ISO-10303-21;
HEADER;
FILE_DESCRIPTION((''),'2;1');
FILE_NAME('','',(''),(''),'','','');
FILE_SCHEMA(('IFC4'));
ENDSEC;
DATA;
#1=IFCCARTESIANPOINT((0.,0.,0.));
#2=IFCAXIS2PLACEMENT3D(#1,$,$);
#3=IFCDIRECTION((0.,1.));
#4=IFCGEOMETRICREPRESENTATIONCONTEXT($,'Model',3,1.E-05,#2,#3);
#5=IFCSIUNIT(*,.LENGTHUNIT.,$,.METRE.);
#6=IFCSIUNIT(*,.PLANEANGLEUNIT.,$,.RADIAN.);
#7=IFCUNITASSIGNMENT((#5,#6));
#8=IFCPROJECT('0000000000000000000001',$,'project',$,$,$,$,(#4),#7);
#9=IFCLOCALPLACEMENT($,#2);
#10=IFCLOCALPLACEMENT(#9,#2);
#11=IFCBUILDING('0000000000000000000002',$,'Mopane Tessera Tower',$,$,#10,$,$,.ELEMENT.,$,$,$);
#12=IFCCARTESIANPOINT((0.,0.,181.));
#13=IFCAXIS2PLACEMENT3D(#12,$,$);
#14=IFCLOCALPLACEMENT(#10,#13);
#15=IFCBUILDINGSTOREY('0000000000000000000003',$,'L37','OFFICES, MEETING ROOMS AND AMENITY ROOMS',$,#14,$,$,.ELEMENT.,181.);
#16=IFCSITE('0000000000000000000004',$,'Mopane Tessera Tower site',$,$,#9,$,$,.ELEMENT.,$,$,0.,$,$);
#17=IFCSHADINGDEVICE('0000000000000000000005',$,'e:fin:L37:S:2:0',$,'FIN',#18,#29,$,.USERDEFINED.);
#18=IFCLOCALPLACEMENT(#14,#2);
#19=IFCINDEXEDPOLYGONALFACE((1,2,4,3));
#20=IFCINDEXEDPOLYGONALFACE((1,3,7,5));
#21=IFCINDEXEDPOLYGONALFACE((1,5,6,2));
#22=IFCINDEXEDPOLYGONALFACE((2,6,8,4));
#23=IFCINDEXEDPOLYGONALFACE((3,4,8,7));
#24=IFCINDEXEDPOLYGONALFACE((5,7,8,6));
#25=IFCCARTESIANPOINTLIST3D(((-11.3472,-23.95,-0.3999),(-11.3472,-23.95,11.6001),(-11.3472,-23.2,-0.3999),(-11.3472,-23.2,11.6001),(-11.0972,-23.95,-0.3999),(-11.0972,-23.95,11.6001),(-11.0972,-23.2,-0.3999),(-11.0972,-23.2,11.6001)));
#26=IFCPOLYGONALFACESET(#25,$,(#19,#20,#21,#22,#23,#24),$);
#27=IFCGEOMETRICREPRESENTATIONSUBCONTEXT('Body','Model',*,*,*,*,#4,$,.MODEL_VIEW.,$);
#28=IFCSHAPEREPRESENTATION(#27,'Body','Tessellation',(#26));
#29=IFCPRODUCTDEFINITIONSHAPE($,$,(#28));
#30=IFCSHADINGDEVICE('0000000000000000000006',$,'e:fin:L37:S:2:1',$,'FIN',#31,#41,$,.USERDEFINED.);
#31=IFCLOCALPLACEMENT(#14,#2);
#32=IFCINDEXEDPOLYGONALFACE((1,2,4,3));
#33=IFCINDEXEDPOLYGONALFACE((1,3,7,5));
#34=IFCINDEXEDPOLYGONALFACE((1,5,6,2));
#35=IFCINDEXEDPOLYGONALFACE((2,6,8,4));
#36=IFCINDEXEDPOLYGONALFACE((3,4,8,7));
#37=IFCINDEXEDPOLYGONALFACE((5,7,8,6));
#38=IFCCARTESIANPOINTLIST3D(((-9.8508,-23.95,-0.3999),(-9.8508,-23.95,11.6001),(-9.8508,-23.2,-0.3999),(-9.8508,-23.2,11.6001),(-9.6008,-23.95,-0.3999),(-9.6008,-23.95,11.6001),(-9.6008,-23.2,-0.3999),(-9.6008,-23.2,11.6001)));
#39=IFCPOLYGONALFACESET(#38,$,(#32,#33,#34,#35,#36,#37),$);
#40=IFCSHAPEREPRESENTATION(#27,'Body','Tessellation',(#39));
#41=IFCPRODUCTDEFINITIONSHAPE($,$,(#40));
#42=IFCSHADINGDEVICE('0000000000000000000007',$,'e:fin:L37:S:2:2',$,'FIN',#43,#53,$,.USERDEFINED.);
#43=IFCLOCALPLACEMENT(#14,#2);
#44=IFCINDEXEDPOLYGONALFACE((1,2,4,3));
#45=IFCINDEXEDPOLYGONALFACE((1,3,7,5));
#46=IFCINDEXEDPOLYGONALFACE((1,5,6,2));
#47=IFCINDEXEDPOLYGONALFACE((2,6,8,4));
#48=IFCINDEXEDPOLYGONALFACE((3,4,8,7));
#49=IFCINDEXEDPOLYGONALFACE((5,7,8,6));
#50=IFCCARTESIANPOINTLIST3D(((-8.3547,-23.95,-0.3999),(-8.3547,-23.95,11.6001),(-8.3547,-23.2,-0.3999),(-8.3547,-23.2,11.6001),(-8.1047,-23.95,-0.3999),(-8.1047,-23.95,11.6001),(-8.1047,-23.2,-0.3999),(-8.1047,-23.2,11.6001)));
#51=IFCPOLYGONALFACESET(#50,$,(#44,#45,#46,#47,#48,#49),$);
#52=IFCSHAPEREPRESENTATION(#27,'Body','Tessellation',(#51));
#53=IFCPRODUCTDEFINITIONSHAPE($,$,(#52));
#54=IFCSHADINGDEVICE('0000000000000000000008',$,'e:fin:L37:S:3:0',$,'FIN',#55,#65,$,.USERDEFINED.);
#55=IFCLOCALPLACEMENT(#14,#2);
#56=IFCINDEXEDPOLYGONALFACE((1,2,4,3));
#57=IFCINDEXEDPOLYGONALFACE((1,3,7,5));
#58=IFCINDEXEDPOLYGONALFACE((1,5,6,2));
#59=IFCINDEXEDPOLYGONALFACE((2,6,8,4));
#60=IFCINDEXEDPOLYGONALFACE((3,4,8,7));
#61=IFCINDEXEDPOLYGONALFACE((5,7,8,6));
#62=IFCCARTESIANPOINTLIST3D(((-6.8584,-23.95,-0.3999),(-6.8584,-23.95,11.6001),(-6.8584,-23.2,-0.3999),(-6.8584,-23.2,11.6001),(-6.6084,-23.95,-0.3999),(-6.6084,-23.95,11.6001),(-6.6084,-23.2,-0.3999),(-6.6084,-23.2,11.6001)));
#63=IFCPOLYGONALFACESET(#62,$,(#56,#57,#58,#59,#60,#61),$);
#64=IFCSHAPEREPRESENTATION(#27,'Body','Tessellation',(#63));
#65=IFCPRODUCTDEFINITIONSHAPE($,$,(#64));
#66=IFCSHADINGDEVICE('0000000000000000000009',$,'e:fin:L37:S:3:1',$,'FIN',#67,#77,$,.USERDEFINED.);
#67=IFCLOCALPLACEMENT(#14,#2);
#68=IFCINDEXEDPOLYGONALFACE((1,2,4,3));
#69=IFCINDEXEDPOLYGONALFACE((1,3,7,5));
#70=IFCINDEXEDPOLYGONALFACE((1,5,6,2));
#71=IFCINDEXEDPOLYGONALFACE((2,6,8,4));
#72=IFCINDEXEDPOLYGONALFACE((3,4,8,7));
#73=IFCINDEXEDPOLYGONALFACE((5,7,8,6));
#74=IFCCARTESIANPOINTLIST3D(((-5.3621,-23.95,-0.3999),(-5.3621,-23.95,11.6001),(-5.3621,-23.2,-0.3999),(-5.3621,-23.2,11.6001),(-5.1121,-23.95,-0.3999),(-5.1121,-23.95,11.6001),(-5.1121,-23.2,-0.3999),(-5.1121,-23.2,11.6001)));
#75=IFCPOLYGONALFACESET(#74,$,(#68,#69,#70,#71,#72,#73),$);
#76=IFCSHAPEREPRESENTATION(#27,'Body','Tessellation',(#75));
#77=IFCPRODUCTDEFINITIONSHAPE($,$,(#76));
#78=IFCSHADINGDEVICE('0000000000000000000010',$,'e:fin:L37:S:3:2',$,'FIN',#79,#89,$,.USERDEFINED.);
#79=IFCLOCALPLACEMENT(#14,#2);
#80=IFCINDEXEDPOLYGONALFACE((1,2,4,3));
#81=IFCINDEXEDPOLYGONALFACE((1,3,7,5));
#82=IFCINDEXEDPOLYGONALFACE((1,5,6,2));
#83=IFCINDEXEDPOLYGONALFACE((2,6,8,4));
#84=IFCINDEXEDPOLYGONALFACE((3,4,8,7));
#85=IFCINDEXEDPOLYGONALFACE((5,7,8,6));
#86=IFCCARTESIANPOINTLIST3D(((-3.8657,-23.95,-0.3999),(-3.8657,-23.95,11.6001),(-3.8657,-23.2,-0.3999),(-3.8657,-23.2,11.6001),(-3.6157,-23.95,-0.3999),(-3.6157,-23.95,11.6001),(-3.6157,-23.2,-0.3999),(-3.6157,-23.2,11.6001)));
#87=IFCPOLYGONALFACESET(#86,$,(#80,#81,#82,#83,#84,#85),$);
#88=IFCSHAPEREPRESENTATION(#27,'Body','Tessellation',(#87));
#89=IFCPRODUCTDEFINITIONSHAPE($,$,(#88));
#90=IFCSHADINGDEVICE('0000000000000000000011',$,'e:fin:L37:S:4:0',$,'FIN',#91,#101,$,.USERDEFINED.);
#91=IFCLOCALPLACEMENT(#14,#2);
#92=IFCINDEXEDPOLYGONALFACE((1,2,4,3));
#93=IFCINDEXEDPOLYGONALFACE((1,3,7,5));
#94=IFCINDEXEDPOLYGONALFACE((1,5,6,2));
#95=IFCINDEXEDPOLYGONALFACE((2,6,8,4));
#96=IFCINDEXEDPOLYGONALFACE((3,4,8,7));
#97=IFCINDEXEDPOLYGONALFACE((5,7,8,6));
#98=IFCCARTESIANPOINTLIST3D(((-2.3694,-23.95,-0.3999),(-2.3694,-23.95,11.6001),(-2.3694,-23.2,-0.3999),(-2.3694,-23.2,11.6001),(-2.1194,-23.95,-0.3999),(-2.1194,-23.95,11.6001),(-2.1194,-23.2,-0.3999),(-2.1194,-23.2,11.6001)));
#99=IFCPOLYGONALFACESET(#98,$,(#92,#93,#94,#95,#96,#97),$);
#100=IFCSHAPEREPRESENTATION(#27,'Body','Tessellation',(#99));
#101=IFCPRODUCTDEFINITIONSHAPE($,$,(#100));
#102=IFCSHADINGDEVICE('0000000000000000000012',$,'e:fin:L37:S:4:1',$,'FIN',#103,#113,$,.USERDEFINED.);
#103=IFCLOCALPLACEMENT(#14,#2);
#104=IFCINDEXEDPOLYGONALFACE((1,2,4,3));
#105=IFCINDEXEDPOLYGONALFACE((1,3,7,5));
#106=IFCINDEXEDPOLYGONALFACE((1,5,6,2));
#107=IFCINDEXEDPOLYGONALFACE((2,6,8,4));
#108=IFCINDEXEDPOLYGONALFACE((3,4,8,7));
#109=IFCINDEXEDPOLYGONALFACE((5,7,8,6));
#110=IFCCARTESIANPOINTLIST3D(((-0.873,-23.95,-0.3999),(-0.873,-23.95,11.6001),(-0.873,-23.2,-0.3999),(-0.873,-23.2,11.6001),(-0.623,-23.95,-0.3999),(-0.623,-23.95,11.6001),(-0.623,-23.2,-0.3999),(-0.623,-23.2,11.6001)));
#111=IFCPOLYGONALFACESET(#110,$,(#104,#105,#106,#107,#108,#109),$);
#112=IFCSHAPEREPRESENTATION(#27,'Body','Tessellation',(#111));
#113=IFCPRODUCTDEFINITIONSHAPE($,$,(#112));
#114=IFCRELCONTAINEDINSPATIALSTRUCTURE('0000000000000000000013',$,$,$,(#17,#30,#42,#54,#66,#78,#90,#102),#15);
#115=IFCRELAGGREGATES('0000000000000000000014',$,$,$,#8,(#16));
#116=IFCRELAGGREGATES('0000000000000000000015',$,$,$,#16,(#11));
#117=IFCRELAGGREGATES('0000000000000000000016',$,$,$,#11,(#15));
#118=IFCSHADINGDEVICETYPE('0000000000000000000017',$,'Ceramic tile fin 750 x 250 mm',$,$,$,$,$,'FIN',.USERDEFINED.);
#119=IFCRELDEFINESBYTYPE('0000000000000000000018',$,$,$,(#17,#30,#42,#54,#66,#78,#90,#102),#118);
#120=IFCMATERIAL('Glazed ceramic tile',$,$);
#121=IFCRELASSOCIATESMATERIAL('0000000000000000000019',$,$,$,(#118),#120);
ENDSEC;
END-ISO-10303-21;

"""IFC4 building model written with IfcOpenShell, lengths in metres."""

from ifc_helpers import new_model, si_unit, direction, frame, origin, origin_2d, place, context, subcontext, project, spatial, rectangle, extrude, material, type_object, element, save


model = new_model("IFC4")

# Units and contexts
model_context = context("Model", 3, precision=1e-05, world=origin(), true_north=direction((0.0, 1.0)))
body_context = subcontext(model_context, "Body", "Model", "MODEL_VIEW")
ifc_project = project(units=[si_unit("LENGTHUNIT", "METRE"), si_unit("PLANEANGLEUNIT", "RADIAN")], contexts=[model_context])

# Site, building, storey
site_placement = place(None, origin())
site = spatial("IfcSite", under=ifc_project, at=site_placement, Name="Mopane Tessera Tower site", CompositionType="ELEMENT", RefElevation=0.0)
building_placement = place(site_placement, origin())
building = spatial("IfcBuilding", under=site, at=building_placement, Name="Mopane Tessera Tower", CompositionType="ELEMENT")
storey_placement = place(building_placement, frame((0.0, 0.0, 181.0)))
storey = spatial("IfcBuildingStorey", under=building, at=storey_placement, Name="L37", Description="OFFICES, MEETING ROOMS AND AMENITY ROOMS", CompositionType="ELEMENT", Elevation=181.0)

# Shading devices
ifc_material_1 = material(Name="Glazed ceramic tile")
shading_device_type = type_object("IfcShadingDeviceType", Name="Ceramic tile fin 750 x 250 mm", ElementType="FIN", PredefinedType="USERDEFINED", material=ifc_material_1)
for number, where, z_axis, x_axis, name in (
    (1, (-11.2222, -23.575, -0.3999), (0.0, 0.0, 1.0), (1.0, 0.0, 0.0), "e:fin:L37:S:2:0"),
    (2, (-9.7258, -23.575, -0.3999), (0.0, 0.0, 1.0), (1.0, 0.0, 0.0), "e:fin:L37:S:2:1"),
    (3, (-8.2297, -23.575, -0.3999), (0.0, 0.0, 1.0), (1.0, 0.0, 0.0), "e:fin:L37:S:2:2"),
    (4, (-6.7334, -23.575, -0.3999), (0.0, 0.0, 1.0), (1.0, 0.0, 0.0), "e:fin:L37:S:3:0"),
    (5, (-5.2371, -23.575, -0.3999), (0.0, 0.0, 1.0), (1.0, 0.0, 0.0), "e:fin:L37:S:3:1"),
    (6, (-3.7407, -23.575, -0.3999), (0.0, 0.0, 1.0), (1.0, 0.0, 0.0), "e:fin:L37:S:3:2"),
    (7, (-2.2444, -23.575, -0.3999), (0.0, 0.0, 1.0), (1.0, 0.0, 0.0), "e:fin:L37:S:4:0"),
    (8, (-0.748, -23.575, -0.3999), (0.0, 0.0, 1.0), (1.0, 0.0, 0.0), "e:fin:L37:S:4:1"),
):
    element("IfcShadingDevice", number, at=place(storey_placement, frame(where, z_axis=z_axis, x_axis=x_axis)), inside=storey, type_object=shading_device_type, Name=name, ObjectType="FIN", PredefinedType="USERDEFINED", context=body_context, shape_type="SweptSolid", body=[
        extrude(rectangle(XDim=0.25, YDim=0.75, at=origin_2d()), origin(), (0.0, 0.0, 1.0), 12.0),
    ])

save(model, "model.ifc")
